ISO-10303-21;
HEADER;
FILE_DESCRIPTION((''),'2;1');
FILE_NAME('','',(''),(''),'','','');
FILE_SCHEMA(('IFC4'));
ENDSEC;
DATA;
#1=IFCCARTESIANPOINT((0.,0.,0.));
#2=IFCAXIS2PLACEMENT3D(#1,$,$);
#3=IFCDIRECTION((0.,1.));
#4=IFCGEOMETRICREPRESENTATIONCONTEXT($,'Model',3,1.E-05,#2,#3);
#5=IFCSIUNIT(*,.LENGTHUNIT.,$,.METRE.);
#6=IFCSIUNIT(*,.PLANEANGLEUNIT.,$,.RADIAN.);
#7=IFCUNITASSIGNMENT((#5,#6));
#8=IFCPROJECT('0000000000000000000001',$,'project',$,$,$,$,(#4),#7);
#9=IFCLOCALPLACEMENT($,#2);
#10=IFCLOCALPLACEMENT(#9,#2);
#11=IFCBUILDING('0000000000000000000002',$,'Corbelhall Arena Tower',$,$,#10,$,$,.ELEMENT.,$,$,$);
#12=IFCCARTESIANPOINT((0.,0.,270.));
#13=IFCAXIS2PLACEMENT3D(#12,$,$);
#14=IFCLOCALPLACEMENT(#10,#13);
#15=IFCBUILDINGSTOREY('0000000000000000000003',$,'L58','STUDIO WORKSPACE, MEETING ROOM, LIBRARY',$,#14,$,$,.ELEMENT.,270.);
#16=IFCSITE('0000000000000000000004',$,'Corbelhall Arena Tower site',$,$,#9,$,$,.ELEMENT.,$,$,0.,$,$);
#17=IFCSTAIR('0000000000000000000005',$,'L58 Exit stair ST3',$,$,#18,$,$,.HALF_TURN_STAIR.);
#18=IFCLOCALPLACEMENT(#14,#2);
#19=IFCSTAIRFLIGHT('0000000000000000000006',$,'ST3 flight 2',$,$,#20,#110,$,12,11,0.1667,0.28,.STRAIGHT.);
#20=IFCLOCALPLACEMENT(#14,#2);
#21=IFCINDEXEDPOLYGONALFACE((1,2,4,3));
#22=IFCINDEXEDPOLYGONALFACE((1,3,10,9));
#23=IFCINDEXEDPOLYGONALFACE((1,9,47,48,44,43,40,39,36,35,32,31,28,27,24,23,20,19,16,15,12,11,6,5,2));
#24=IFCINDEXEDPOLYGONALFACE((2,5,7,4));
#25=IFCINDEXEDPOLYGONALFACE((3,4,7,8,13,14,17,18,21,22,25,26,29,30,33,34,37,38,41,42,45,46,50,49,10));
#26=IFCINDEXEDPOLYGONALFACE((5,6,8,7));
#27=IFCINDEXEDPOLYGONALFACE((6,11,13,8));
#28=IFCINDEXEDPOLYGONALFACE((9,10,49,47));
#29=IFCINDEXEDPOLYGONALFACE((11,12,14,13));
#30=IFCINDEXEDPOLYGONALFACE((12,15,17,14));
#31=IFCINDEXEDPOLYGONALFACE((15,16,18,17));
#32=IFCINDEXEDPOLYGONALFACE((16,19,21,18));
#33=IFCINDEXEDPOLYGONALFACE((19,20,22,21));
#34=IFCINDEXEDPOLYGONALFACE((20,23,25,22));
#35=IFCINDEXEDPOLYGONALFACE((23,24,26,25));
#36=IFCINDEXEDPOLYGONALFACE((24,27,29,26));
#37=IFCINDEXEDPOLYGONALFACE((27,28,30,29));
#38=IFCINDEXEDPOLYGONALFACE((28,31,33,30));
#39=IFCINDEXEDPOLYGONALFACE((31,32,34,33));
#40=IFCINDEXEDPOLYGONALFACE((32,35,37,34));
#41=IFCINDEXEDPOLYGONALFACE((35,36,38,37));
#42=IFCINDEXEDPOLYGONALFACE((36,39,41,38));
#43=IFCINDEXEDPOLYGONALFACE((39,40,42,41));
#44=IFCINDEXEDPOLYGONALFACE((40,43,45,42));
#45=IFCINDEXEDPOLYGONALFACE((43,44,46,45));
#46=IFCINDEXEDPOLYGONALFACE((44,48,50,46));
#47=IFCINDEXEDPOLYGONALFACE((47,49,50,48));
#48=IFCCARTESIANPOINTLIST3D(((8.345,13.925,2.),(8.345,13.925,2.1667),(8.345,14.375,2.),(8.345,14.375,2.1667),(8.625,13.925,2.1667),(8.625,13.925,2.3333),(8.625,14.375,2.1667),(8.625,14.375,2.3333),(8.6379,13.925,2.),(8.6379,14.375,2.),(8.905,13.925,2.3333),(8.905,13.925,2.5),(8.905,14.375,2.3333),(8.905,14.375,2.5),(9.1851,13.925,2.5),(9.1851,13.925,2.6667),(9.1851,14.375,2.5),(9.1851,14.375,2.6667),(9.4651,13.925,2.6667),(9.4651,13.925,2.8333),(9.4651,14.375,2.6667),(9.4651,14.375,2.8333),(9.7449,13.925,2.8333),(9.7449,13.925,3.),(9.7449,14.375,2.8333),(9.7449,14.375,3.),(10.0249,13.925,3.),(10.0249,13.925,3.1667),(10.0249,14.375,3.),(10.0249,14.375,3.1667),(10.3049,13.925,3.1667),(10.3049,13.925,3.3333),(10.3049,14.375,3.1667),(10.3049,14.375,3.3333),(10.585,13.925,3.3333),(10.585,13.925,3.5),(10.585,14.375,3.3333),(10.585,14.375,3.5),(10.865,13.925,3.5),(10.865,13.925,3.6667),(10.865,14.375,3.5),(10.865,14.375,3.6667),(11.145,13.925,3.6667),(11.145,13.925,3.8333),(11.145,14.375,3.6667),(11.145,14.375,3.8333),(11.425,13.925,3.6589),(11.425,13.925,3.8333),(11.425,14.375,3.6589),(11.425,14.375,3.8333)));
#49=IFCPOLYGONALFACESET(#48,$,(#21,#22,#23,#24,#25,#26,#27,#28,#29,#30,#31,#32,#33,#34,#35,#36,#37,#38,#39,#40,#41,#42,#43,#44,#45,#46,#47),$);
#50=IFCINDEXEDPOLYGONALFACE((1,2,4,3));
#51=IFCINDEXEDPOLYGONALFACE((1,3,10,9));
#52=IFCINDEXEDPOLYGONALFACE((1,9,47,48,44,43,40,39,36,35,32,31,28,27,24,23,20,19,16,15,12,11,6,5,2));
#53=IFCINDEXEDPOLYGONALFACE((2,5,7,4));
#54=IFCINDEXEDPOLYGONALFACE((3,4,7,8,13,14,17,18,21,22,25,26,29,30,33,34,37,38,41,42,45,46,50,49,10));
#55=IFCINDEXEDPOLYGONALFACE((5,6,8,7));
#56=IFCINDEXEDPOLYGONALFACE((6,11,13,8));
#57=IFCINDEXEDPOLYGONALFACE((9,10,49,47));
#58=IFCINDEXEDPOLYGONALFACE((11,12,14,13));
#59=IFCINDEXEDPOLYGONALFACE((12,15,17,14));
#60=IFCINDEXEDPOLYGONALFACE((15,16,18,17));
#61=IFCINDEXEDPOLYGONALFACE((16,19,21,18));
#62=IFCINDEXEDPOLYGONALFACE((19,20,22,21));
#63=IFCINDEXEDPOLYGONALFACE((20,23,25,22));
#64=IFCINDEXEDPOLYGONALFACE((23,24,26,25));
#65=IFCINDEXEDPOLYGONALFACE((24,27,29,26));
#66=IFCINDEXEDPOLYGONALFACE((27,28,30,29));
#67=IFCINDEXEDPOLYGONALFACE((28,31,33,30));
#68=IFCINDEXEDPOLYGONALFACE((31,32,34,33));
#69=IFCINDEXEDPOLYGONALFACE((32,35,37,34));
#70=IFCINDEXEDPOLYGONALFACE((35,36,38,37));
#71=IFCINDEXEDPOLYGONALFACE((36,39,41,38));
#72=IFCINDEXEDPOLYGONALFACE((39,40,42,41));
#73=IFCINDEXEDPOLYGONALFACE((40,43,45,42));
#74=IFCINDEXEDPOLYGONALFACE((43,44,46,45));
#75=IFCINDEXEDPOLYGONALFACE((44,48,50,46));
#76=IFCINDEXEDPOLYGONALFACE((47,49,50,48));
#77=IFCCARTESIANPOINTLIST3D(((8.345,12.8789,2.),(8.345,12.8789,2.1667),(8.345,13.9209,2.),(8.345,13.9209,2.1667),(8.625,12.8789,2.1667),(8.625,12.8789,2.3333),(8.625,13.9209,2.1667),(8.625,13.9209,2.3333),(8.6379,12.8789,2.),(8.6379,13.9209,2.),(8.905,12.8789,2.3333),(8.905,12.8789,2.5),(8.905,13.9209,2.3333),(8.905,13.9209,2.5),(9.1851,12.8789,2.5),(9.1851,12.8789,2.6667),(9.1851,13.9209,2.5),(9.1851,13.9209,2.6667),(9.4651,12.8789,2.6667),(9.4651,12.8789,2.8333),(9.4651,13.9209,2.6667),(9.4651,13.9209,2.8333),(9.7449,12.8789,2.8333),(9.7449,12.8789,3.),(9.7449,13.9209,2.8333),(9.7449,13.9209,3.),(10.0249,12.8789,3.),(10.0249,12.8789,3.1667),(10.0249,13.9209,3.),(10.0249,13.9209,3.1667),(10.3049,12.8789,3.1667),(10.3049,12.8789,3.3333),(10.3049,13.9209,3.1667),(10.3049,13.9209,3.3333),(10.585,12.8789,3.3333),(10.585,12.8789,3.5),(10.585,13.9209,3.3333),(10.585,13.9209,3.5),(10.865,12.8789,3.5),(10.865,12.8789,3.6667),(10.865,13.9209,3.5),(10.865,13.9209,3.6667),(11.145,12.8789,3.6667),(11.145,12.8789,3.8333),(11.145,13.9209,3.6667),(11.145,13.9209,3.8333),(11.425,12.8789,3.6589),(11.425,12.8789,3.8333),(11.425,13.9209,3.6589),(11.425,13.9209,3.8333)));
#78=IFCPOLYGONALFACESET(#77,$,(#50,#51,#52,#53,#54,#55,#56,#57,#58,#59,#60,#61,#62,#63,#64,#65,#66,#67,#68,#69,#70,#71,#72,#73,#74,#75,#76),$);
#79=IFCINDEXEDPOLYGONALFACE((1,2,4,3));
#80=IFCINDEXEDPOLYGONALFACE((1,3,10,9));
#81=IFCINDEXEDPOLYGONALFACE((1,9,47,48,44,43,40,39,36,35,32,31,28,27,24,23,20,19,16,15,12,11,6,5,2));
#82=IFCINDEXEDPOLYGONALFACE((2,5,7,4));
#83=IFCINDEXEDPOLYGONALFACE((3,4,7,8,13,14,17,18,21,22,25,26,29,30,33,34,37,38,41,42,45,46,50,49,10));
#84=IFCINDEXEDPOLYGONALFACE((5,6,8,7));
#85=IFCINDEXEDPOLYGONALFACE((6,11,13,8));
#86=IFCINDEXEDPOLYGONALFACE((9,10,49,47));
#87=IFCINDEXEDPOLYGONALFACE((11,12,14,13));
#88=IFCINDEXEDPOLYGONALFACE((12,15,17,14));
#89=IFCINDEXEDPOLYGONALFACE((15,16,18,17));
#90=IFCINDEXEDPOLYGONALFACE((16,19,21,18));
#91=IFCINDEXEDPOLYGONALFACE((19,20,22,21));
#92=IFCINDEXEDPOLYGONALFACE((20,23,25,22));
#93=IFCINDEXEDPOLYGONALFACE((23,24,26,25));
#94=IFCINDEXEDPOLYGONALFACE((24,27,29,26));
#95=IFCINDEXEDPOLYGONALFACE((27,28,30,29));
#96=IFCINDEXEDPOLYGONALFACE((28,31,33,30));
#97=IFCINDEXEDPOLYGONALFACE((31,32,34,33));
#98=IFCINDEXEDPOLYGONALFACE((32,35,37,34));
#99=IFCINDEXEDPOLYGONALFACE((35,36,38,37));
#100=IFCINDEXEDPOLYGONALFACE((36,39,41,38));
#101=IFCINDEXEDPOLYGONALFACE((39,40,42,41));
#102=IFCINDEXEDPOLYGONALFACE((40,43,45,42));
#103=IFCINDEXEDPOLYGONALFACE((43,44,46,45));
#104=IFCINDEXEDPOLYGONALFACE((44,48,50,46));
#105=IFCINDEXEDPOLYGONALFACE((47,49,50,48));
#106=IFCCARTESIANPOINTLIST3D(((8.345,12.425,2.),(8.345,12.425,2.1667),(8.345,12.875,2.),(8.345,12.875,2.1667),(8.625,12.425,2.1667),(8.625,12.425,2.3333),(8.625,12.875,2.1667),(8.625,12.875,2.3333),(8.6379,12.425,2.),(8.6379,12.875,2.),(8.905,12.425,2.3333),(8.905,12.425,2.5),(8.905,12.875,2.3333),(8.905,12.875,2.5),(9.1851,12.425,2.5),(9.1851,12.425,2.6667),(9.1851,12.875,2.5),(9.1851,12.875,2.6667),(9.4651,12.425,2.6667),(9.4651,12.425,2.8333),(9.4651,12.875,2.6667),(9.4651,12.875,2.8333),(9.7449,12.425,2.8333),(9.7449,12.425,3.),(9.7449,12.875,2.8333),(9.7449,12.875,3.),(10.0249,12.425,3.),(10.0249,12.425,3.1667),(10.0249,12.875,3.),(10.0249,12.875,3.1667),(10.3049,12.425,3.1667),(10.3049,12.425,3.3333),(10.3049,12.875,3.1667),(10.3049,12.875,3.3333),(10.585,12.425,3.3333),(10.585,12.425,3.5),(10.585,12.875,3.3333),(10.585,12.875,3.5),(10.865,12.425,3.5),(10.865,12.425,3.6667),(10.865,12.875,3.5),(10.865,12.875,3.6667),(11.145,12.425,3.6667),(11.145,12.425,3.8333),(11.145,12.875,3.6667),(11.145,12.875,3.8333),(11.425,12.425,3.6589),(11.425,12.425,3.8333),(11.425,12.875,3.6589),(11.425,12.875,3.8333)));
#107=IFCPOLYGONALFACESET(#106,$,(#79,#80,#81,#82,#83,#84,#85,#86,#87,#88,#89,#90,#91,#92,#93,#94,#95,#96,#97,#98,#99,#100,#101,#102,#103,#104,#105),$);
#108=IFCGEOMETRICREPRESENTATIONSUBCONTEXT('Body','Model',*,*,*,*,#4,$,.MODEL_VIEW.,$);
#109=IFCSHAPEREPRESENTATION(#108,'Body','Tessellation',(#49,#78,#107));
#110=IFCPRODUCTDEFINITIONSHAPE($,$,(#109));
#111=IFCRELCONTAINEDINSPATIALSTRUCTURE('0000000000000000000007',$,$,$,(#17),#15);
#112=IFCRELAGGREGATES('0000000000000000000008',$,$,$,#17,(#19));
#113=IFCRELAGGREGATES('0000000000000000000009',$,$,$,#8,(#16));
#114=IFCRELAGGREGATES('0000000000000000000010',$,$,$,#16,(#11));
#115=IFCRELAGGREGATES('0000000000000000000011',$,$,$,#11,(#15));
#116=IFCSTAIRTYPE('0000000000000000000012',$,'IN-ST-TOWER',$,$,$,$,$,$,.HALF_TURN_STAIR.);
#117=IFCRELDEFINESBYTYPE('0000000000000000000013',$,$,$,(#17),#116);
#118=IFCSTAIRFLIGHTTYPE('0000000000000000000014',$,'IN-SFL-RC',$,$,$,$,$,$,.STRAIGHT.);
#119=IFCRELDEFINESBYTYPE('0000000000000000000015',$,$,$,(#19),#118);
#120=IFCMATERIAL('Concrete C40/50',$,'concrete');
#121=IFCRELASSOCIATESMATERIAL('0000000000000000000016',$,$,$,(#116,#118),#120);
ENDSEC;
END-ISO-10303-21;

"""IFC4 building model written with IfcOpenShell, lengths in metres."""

from ifc_helpers import new_model, si_unit, direction, frame, origin, place, context, subcontext, project, spatial, polyline, outline, extrude, material, type_object, element, aggregate, save


model = new_model("IFC4")

# Units and contexts
model_context = context("Model", 3, precision=1e-05, world=origin(), true_north=direction((0.0, 1.0)))
body_context = subcontext(model_context, "Body", "Model", "MODEL_VIEW")
ifc_project = project(units=[si_unit("LENGTHUNIT", "METRE"), si_unit("PLANEANGLEUNIT", "RADIAN")], contexts=[model_context])

# Site, building, storey
site_placement = place(None, origin())
site = spatial("IfcSite", under=ifc_project, at=site_placement, Name="Corbelhall Arena Tower site", CompositionType="ELEMENT", RefElevation=0.0)
building_placement = place(site_placement, origin())
building = spatial("IfcBuilding", under=site, at=building_placement, Name="Corbelhall Arena Tower", CompositionType="ELEMENT")
storey_placement = place(building_placement, frame((0.0, 0.0, 270.0)))
storey = spatial("IfcBuildingStorey", under=building, at=storey_placement, Name="L58", Description="STUDIO WORKSPACE, MEETING ROOM, LIBRARY", CompositionType="ELEMENT", Elevation=270.0)

# Shared definitions
ifc_material_1 = material(Name="Concrete C40/50", Category="concrete")

# Stair, stair flight
stair_type = type_object("IfcStairType", Name="IN-ST-TOWER", PredefinedType="HALF_TURN_STAIR", material=ifc_material_1)
stair_placement = place(storey_placement, origin())
stair = element("IfcStair", 1, at=stair_placement, inside=storey, type_object=stair_type, Name="L58 Exit stair ST3", PredefinedType="HALF_TURN_STAIR")
stair_flight_type = type_object("IfcStairFlightType", Name="IN-SFL-RC", PredefinedType="STRAIGHT", material=ifc_material_1)
stair_flight_1_placement = place(storey_placement, frame((8.345, 13.3999, 2.0), z_axis=(0.0, 0.0, 1.0), x_axis=(1.0, 0.0, 0.0)))
stair_flight_1 = element("IfcStairFlight", 2, at=stair_flight_1_placement, type_object=stair_flight_type, Name="ST3 flight 2", NumberOfRisers=12, NumberOfTreads=11, PredefinedType="STRAIGHT", RiserHeight=0.1667, TreadLength=0.28, context=body_context, shape_type="SweptSolid", body=[
    extrude(outline(polyline([(0.0, 0.0), (0.0, 0.1667), (0.28, 0.1667), (0.28, 0.3333), (0.5601, 0.3333), (0.5601, 0.5), (0.8401, 0.5), (0.8401, 0.6667), (1.1201, 0.6667), (1.1201, 0.8333), (1.3999, 0.8333), (1.3999, 1.0), (1.6799, 1.0), (1.6799, 1.1667), (1.96, 1.1667), (1.96, 1.3333), (2.24, 1.3333), (2.24, 1.5), (2.52, 1.5), (2.52, 1.6667), (2.8, 1.6667), (2.8, 1.8333), (3.0801, 1.8333), (3.0801, 2.0), (3.0801, 1.6589), (0.293, 0.0), (0.0, 0.0)])), frame((0.0, 0.9751, 0.0), z_axis=(0.0, -1.0, 0.0), x_axis=(1.0, 0.0, 0.0)), (0.0, 0.0, 1.0), 0.45),
    extrude(outline(polyline([(0.0, 0.0), (0.0, 0.1667), (0.28, 0.1667), (0.28, 0.3333), (0.5601, 0.3333), (0.5601, 0.5), (0.8401, 0.5), (0.8401, 0.6667), (1.1201, 0.6667), (1.1201, 0.8333), (1.3999, 0.8333), (1.3999, 1.0), (1.6799, 1.0), (1.6799, 1.1667), (1.96, 1.1667), (1.96, 1.3333), (2.24, 1.3333), (2.24, 1.5), (2.52, 1.5), (2.52, 1.6667), (2.8, 1.6667), (2.8, 1.8333), (3.0801, 1.8333), (3.0801, 2.0), (3.0801, 1.6589), (0.293, 0.0), (0.0, 0.0)])), frame((0.0, 0.521, 0.0), z_axis=(0.0, -1.0, 0.0), x_axis=(1.0, 0.0, 0.0)), (0.0, 0.0, 1.0), 1.042),
    extrude(outline(polyline([(0.0, 0.0), (0.0, 0.1667), (0.28, 0.1667), (0.28, 0.3333), (0.5601, 0.3333), (0.5601, 0.5), (0.8401, 0.5), (0.8401, 0.6667), (1.1201, 0.6667), (1.1201, 0.8333), (1.3999, 0.8333), (1.3999, 1.0), (1.6799, 1.0), (1.6799, 1.1667), (1.96, 1.1667), (1.96, 1.3333), (2.24, 1.3333), (2.24, 1.5), (2.52, 1.5), (2.52, 1.6667), (2.8, 1.6667), (2.8, 1.8333), (3.0801, 1.8333), (3.0801, 2.0), (3.0801, 1.6589), (0.293, 0.0), (0.0, 0.0)])), frame((0.0, -0.5249, 0.0), z_axis=(0.0, -1.0, 0.0), x_axis=(1.0, 0.0, 0.0)), (0.0, 0.0, 1.0), 0.45),
])
aggregate(stair, [stair_flight_1])

save(model, "model.ifc")
